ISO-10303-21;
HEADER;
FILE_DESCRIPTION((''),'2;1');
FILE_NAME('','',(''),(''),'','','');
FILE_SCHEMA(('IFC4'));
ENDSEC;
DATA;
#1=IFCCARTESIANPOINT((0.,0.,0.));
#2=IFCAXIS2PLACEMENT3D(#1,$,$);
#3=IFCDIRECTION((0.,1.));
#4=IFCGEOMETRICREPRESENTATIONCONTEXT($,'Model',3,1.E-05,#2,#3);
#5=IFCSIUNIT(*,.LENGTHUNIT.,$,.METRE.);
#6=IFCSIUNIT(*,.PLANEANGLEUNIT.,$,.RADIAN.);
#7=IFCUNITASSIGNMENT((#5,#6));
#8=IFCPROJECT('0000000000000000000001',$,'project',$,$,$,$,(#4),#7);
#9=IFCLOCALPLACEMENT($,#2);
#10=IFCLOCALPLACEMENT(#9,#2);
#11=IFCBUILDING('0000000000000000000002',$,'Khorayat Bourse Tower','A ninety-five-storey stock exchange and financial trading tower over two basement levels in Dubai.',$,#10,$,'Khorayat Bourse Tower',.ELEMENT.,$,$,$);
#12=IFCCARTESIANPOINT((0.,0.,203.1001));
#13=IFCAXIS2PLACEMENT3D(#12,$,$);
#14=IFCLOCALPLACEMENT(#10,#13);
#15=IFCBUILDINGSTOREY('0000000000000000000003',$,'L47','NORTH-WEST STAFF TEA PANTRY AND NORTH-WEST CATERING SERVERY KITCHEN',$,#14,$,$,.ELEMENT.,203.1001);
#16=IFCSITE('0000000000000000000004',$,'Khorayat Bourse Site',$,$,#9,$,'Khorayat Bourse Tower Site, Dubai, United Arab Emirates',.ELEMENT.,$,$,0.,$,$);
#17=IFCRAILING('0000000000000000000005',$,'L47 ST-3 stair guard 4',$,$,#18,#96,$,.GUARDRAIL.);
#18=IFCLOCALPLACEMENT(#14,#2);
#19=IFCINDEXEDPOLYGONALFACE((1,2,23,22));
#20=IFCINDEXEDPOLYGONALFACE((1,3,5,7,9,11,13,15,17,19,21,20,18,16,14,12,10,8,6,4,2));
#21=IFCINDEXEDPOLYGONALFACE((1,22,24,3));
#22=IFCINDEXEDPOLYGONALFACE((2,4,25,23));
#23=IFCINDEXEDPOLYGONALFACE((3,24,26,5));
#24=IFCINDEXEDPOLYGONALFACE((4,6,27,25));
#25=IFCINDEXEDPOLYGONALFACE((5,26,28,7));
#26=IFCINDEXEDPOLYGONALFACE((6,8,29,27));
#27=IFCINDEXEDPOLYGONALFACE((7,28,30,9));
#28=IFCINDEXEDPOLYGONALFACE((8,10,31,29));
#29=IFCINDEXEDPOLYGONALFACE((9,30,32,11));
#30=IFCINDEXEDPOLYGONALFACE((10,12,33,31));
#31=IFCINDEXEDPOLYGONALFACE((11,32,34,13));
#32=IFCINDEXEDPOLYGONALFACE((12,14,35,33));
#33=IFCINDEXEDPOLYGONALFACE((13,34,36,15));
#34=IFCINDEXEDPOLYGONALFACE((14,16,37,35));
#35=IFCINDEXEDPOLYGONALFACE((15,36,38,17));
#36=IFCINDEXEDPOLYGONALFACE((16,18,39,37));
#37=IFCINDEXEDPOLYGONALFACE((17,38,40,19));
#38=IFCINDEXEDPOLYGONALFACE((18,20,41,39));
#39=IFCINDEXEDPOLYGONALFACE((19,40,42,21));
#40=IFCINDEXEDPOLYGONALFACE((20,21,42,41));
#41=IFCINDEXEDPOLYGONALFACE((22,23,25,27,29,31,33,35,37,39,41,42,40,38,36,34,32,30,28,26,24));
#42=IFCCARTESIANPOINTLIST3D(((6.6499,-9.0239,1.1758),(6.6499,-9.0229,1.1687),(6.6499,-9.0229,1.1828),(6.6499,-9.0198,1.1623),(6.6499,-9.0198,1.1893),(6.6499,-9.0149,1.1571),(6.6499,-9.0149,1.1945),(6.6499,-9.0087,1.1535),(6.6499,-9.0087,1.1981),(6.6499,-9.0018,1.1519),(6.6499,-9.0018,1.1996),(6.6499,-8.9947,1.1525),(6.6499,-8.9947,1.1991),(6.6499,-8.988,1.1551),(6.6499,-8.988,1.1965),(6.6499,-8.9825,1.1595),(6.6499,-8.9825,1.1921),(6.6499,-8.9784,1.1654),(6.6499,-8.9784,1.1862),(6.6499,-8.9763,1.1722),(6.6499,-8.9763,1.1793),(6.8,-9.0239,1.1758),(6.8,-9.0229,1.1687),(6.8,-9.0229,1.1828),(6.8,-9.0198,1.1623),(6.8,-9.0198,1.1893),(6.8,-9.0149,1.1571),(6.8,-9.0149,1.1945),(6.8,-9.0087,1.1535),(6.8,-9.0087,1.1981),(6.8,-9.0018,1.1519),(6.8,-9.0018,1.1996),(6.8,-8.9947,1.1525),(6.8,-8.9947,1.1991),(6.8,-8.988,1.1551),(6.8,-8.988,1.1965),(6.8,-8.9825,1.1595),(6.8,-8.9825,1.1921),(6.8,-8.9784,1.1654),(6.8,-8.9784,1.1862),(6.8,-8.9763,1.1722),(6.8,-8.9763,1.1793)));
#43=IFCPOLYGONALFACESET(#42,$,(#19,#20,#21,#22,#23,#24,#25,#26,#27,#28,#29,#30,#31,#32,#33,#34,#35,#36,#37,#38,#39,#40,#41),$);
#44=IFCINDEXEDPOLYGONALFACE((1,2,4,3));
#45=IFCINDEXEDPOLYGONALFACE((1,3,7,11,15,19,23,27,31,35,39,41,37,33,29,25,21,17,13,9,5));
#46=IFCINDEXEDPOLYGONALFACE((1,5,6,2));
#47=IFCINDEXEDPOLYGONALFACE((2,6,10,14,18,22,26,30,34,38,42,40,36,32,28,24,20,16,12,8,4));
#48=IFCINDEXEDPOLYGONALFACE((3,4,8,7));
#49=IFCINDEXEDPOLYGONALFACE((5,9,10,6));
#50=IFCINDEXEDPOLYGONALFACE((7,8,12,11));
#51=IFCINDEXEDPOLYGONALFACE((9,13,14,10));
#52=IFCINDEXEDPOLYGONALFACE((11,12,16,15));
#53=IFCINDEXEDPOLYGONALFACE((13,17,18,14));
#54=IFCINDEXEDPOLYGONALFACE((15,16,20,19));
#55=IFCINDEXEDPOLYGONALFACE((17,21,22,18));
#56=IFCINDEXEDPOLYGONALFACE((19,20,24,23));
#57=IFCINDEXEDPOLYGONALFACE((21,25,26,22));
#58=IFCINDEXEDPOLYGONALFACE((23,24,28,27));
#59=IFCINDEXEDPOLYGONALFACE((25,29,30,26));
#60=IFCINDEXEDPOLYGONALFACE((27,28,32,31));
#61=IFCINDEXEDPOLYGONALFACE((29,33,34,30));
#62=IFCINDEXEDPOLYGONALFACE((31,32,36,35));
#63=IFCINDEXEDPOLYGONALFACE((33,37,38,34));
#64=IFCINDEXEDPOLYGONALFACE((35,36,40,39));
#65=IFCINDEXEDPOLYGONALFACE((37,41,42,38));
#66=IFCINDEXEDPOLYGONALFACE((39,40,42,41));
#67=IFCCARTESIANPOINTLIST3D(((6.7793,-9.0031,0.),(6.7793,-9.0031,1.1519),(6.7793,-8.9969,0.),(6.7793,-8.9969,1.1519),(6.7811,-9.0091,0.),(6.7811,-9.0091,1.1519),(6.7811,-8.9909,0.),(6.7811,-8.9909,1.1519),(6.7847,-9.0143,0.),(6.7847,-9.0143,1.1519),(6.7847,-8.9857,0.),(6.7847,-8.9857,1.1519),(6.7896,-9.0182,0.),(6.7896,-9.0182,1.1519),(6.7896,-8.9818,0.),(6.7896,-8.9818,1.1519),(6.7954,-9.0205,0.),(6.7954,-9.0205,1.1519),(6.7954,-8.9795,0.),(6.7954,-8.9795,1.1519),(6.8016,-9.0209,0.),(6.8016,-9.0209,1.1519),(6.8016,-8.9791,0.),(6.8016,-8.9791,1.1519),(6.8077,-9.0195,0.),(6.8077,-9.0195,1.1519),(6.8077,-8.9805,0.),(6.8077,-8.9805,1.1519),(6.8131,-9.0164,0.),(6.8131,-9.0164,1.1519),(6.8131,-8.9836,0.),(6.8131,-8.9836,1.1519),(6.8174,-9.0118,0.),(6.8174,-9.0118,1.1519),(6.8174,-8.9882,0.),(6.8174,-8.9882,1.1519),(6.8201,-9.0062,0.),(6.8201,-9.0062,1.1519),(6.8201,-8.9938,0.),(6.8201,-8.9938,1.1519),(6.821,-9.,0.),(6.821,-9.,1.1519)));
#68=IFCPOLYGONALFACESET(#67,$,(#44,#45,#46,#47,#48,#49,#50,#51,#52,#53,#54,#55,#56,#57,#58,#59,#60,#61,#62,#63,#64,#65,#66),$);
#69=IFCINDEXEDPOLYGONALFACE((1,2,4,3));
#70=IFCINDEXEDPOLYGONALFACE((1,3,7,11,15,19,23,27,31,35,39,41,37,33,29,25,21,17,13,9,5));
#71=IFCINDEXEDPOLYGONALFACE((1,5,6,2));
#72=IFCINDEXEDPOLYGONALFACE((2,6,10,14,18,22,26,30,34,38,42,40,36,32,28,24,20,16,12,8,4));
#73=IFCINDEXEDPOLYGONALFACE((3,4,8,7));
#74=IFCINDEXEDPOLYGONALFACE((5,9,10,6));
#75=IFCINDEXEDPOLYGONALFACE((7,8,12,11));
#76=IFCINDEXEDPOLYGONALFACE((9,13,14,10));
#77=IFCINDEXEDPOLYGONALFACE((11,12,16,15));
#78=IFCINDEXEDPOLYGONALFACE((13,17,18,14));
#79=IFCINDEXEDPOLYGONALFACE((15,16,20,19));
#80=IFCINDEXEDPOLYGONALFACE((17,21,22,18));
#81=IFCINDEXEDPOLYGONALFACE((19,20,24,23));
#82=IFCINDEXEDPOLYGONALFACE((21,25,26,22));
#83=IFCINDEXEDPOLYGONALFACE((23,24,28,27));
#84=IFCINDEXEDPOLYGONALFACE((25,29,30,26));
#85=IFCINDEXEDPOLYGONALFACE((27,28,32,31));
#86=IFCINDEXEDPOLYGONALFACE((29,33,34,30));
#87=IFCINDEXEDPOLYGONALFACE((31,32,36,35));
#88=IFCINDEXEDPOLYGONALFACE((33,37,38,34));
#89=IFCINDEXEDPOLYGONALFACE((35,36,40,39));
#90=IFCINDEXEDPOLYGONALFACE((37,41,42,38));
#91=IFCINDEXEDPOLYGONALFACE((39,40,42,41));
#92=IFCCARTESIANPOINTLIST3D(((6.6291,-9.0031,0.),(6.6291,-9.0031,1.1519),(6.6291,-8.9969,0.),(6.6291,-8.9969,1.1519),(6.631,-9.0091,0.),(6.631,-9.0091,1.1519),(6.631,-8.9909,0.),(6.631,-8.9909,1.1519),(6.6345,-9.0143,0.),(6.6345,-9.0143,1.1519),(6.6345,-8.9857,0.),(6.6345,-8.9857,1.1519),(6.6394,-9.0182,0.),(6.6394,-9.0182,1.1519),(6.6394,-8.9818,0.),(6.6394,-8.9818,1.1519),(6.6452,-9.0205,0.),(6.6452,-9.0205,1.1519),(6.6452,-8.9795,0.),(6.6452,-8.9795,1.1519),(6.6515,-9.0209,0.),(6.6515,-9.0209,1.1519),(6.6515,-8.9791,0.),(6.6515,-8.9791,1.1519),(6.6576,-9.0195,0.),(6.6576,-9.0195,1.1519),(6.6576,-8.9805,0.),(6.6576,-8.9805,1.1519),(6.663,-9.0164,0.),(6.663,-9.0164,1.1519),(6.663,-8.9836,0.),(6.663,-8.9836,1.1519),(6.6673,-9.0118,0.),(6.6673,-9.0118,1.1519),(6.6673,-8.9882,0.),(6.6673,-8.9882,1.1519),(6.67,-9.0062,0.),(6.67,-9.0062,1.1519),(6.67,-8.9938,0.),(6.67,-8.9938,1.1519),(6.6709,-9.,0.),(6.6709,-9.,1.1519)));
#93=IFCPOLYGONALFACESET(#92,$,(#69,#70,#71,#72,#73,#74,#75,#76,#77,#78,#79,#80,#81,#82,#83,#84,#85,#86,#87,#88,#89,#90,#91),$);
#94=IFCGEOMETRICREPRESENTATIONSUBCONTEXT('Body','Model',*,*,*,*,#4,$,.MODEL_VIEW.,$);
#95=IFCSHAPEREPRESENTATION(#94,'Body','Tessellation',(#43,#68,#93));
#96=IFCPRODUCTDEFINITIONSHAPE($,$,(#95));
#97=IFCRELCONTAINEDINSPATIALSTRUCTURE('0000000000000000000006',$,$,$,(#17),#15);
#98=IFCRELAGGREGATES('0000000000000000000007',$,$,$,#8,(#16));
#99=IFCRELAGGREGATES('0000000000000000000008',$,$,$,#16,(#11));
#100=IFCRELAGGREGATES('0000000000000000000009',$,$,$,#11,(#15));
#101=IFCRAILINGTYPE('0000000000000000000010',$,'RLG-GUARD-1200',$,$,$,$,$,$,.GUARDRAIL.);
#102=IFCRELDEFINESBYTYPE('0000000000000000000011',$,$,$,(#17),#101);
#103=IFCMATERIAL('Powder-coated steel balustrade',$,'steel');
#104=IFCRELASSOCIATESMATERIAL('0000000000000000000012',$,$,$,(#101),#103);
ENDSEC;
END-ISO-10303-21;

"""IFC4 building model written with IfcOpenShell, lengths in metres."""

from ifc_helpers import new_model, si_unit, direction, frame, origin, origin_2d, place, context, subcontext, project, spatial, circle, extrude, source, transform, mapped, material, type_object, element, save


model = new_model("IFC4")

# Units and contexts
model_context = context("Model", 3, precision=1e-05, world=origin(), true_north=direction((0.0, 1.0)))
body_context = subcontext(model_context, "Body", "Model", "MODEL_VIEW")
ifc_project = project(units=[si_unit("LENGTHUNIT", "METRE"), si_unit("PLANEANGLEUNIT", "RADIAN")], contexts=[model_context])

# Site, building, storey
site_placement = place(None, origin())
site = spatial("IfcSite", under=ifc_project, at=site_placement, Name="Khorayat Bourse Site", LongName="Khorayat Bourse Tower Site, Dubai, United Arab Emirates", CompositionType="ELEMENT", RefElevation=0.0)
building_placement = place(site_placement, origin())
building = spatial("IfcBuilding", under=site, at=building_placement, Name="Khorayat Bourse Tower", Description="A ninety-five-storey stock exchange and financial trading tower over two basement levels in Dubai.", LongName="Khorayat Bourse Tower", CompositionType="ELEMENT")
storey_placement = place(building_placement, frame((0.0, 0.0, 203.1001)))
storey = spatial("IfcBuildingStorey", under=building, at=storey_placement, Name="L47", Description="NORTH-WEST STAFF TEA PANTRY AND NORTH-WEST CATERING SERVERY KITCHEN", CompositionType="ELEMENT", Elevation=203.1001)

# Railing
ifc_material_1 = material(Name="Powder-coated steel balustrade", Category="steel")
railing_type_1 = type_object("IfcRailingType", Name="RLG-GUARD-1200", PredefinedType="GUARDRAIL", material=ifc_material_1)
shared_shape_1 = source(origin(), body_context, "Body", "SweptSolid", [
    extrude(circle(Radius=0.0239, at=origin_2d()), frame((0.0, 0.0, 1.1758), z_axis=(-1.0, 0.0, 0.0), x_axis=(0.0, -1.0, 0.0)), (0.0, 0.0, 1.0), 0.1501),
    extrude(circle(Radius=0.021, at=origin_2d()), origin(), (0.0, 0.0, 1.0), 1.1519),
    extrude(circle(Radius=0.021, at=origin_2d()), frame((-0.1501, 0.0, 0.0)), (0.0, 0.0, 1.0), 1.1519),
])
for number, where, name in (
    (1, (6.8, -9.0, 0.0), "L47 ST-3 stair guard 4"),
):
    element("IfcRailing", number, at=place(storey_placement, frame(where)), inside=storey, type_object=railing_type_1, Name=name, PredefinedType="GUARDRAIL", context=body_context, shape_type="MappedRepresentation", body=[
        mapped(shared_shape_1, transform((0.0, 0.0, 0.0), scale=1.0)),
    ])

save(model, "model.ifc")
